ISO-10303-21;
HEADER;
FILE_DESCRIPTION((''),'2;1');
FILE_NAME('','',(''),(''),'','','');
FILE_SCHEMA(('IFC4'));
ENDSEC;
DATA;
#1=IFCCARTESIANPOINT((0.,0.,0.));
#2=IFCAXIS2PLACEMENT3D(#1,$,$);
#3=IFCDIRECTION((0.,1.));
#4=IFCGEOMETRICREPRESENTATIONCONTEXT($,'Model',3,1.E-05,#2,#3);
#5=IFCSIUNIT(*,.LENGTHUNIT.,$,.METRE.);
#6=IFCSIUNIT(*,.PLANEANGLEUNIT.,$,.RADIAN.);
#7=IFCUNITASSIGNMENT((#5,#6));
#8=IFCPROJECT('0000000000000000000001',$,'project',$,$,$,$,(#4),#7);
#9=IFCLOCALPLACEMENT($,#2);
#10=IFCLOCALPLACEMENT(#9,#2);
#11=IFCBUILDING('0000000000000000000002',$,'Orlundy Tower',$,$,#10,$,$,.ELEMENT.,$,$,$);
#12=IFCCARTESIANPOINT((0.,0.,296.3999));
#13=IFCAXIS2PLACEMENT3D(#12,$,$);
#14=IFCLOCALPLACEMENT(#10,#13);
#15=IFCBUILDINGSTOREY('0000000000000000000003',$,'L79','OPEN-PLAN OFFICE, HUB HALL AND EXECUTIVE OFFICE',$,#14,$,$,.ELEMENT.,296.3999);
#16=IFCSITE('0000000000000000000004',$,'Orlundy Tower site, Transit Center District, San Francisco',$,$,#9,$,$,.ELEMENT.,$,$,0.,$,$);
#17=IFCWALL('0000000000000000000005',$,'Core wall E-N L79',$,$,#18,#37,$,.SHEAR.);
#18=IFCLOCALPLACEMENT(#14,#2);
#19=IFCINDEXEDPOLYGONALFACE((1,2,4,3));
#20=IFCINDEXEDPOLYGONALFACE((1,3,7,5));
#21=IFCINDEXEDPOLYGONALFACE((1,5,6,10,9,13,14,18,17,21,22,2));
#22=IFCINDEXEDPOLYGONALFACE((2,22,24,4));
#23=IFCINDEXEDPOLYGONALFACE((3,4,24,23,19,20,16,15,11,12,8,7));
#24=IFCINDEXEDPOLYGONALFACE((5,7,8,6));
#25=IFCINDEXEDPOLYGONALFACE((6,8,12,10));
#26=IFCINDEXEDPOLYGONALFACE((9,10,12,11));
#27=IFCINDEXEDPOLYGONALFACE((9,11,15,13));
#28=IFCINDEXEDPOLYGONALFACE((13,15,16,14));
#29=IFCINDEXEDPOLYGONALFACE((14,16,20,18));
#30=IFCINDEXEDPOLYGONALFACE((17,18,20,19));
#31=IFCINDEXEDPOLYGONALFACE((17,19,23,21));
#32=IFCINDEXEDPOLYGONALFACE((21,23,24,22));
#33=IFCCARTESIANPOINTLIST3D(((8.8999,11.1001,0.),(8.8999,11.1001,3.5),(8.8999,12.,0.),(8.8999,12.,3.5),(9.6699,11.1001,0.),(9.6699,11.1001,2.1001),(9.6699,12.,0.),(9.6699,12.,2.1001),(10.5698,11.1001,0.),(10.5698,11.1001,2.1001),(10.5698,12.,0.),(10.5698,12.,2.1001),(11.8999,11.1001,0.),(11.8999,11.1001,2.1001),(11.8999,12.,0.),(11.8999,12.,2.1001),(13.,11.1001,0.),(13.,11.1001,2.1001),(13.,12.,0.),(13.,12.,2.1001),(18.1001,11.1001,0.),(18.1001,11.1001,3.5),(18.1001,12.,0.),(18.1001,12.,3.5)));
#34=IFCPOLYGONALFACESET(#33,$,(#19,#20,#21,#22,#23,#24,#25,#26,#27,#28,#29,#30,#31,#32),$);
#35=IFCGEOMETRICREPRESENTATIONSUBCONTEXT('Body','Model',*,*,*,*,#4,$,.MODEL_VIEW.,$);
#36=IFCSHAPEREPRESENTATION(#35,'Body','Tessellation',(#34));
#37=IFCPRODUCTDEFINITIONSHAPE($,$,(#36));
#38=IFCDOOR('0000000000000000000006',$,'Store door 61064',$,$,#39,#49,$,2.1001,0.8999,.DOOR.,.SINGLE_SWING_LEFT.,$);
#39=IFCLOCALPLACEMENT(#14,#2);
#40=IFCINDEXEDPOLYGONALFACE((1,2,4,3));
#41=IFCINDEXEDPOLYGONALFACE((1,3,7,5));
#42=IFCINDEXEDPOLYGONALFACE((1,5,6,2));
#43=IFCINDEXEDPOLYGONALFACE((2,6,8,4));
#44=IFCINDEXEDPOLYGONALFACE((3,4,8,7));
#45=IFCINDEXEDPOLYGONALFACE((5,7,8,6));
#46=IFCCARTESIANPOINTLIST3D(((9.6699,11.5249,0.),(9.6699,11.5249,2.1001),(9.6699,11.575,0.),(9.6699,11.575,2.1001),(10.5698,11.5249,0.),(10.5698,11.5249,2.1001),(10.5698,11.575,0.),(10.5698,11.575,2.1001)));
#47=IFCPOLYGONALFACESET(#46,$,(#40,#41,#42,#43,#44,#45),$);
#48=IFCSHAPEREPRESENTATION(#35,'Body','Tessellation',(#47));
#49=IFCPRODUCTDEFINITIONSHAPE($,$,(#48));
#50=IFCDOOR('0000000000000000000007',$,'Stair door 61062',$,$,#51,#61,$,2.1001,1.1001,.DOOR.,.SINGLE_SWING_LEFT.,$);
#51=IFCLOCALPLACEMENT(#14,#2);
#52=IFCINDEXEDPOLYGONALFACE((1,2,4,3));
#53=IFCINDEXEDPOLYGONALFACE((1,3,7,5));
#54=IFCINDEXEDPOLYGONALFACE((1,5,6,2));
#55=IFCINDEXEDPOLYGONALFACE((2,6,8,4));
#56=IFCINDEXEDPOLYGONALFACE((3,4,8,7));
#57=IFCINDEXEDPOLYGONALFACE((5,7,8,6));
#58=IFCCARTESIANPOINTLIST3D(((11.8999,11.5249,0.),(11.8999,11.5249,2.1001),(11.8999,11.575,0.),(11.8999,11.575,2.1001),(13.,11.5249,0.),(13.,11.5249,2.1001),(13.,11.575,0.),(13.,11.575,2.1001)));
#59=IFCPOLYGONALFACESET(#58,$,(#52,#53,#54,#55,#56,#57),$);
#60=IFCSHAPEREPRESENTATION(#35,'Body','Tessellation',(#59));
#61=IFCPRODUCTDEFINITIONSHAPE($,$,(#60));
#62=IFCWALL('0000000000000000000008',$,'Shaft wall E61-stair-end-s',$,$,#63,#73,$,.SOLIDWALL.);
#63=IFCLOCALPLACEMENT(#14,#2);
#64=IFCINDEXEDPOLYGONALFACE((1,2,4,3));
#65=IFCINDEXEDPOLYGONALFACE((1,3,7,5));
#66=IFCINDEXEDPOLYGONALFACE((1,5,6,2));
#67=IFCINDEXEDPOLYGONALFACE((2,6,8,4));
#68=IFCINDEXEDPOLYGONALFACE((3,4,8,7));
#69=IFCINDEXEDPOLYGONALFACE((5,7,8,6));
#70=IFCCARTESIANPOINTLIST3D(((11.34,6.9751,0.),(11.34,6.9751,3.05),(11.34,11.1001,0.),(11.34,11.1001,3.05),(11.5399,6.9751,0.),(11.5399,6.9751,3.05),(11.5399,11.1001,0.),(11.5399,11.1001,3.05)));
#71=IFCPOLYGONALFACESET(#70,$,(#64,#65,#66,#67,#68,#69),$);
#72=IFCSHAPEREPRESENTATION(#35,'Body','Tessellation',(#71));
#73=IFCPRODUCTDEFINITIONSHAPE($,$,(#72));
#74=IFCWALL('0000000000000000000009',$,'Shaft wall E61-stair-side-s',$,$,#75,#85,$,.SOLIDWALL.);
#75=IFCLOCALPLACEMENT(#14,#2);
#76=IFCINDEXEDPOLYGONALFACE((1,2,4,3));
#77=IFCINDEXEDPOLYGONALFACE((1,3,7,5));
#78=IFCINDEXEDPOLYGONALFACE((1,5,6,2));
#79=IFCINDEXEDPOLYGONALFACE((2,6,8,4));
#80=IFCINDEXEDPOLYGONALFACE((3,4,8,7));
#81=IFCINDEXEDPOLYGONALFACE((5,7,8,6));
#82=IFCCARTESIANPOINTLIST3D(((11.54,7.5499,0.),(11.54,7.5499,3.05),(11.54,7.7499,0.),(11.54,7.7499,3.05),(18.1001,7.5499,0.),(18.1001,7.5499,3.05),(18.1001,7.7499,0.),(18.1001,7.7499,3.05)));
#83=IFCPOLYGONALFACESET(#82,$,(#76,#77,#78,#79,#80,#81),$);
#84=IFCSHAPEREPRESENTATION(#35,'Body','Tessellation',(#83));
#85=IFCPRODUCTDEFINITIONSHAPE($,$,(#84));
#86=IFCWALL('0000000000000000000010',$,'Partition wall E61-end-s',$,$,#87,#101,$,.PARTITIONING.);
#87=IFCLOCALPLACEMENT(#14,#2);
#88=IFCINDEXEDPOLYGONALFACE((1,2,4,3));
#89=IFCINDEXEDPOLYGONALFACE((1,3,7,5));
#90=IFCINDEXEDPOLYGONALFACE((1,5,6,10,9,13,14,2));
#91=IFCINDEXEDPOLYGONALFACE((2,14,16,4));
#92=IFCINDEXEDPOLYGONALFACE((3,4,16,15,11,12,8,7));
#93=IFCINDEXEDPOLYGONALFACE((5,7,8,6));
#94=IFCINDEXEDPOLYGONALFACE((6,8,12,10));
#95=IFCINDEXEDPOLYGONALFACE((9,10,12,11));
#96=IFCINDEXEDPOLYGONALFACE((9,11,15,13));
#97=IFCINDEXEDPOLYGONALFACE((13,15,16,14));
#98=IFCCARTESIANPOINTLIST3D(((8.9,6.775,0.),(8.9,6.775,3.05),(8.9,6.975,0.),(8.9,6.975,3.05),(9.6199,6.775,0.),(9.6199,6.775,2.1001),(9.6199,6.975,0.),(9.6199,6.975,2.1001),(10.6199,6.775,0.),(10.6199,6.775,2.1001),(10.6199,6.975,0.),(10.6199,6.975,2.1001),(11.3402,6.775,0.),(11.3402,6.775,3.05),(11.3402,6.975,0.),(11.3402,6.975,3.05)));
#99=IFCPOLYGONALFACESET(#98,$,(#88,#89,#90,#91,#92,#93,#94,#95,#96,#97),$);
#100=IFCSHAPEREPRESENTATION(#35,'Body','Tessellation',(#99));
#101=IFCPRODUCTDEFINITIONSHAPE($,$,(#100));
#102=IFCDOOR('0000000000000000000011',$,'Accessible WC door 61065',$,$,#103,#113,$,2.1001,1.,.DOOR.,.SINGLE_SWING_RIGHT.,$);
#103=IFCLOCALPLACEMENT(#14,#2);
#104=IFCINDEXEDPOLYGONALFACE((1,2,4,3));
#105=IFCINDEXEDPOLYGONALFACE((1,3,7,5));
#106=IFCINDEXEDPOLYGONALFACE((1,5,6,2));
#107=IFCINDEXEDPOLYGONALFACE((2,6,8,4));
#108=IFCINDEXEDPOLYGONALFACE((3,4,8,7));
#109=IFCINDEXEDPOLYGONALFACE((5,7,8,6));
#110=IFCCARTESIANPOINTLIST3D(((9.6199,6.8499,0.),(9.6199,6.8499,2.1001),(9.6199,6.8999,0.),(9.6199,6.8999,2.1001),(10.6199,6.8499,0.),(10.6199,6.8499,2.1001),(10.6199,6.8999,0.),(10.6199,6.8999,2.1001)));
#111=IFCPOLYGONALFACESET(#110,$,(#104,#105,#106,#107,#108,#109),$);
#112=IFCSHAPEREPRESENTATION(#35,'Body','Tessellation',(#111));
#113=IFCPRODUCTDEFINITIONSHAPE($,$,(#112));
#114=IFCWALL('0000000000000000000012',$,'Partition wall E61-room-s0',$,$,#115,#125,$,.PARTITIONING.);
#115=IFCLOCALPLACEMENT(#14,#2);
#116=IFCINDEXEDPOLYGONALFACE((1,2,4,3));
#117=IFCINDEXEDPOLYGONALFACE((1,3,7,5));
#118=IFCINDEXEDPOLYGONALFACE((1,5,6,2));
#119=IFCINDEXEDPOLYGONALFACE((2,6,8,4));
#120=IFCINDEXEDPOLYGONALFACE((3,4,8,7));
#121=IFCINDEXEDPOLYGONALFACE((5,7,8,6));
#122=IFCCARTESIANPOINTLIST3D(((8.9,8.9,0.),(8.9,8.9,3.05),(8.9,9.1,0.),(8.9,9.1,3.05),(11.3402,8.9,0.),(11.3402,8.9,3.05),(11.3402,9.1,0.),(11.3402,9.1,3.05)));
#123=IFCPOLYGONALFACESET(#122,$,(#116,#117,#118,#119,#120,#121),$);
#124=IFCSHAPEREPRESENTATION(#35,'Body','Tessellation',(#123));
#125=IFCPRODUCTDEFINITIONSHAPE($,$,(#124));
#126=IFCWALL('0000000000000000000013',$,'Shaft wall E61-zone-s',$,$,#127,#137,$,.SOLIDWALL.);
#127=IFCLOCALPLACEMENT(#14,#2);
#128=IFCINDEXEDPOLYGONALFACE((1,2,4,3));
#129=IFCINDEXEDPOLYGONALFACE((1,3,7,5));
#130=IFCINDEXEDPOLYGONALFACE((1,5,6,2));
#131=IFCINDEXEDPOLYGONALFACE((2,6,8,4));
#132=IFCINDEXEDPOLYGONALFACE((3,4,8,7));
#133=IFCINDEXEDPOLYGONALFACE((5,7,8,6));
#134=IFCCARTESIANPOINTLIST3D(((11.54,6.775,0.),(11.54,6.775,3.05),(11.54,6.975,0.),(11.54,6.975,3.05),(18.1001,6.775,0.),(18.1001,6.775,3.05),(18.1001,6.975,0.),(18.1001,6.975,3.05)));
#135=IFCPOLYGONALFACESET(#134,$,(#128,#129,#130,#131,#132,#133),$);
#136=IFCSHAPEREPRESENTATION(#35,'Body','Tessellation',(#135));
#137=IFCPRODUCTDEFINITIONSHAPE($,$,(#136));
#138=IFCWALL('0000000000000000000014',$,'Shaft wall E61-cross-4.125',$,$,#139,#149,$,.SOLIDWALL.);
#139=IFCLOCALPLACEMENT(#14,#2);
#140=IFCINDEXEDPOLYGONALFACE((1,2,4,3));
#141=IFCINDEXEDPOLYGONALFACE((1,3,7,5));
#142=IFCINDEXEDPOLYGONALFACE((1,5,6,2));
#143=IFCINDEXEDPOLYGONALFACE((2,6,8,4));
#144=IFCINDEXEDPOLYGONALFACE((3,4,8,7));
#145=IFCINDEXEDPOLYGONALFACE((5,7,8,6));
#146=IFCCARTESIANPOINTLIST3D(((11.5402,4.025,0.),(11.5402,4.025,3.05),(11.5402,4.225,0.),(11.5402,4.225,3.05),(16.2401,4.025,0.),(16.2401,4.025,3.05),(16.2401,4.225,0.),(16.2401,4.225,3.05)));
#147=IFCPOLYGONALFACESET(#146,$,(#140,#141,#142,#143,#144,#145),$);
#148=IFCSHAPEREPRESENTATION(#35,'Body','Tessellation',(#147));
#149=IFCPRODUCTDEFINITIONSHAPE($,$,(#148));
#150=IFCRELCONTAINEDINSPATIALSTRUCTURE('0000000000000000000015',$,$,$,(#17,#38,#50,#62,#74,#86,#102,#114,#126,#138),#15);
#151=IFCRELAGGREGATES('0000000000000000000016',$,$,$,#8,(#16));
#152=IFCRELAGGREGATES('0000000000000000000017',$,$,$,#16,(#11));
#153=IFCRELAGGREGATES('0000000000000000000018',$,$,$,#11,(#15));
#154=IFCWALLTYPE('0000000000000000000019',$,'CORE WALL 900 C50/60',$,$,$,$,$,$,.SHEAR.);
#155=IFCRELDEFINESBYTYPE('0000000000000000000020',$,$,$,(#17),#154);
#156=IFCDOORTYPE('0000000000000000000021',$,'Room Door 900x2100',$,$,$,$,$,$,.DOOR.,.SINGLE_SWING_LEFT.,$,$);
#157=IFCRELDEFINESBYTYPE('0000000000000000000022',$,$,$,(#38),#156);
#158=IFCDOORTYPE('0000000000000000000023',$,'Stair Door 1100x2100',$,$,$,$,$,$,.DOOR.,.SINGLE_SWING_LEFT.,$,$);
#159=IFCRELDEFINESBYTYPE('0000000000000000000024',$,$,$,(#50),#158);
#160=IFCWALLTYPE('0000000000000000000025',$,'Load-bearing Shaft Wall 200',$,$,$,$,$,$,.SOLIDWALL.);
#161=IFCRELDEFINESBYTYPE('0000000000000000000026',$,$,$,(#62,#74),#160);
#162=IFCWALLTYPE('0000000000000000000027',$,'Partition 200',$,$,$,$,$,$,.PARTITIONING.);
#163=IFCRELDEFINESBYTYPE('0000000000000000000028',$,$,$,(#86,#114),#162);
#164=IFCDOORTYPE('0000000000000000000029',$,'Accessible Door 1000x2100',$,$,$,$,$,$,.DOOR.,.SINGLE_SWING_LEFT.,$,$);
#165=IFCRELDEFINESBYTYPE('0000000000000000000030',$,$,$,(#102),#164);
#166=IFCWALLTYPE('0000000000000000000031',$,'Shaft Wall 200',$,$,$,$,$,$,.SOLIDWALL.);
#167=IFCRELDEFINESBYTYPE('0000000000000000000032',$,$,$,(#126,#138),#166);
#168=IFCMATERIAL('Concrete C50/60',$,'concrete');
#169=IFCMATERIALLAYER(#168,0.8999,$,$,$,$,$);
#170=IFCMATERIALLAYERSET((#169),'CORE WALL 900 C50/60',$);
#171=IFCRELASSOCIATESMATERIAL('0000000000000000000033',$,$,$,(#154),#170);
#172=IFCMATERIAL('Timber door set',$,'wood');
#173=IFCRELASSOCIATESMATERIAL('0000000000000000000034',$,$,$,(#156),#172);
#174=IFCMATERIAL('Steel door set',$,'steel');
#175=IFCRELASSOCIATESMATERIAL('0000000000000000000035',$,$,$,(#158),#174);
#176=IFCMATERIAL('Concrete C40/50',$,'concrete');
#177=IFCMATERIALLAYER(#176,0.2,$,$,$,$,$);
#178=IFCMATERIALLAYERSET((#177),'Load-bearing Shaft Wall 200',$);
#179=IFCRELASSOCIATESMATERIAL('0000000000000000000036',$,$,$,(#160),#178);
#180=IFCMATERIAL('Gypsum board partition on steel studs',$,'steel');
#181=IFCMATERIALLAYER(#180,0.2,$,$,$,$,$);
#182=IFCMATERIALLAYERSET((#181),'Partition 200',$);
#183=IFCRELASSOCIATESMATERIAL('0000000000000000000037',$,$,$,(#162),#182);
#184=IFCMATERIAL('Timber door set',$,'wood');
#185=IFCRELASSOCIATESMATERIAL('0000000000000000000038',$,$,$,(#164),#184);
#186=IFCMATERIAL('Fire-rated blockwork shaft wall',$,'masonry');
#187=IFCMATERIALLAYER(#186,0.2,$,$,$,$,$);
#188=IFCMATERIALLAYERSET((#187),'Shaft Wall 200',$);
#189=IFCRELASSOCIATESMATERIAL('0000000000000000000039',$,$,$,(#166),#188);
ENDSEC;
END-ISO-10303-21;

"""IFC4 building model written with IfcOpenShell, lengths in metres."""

from ifc_helpers import new_model, si_unit, direction, frame, frame_2d, origin, place, context, subcontext, project, spatial, rectangle, extrude, material, layer, layer_set, type_object, element, fill, save


model = new_model("IFC4")

# Units and contexts
model_context = context("Model", 3, precision=1e-05, world=origin(), true_north=direction((0.0, 1.0)))
body_context = subcontext(model_context, "Body", "Model", "MODEL_VIEW")
ifc_project = project(units=[si_unit("LENGTHUNIT", "METRE"), si_unit("PLANEANGLEUNIT", "RADIAN")], contexts=[model_context])

# Site, building, storey
site_placement = place(None, origin())
site = spatial("IfcSite", under=ifc_project, at=site_placement, Name="Orlundy Tower site, Transit Center District, San Francisco", CompositionType="ELEMENT", RefElevation=0.0)
building_placement = place(site_placement, origin())
building = spatial("IfcBuilding", under=site, at=building_placement, Name="Orlundy Tower", CompositionType="ELEMENT")
storey_placement = place(building_placement, frame((0.0, 0.0, 296.3999)))
storey = spatial("IfcBuildingStorey", under=building, at=storey_placement, Name="L79", Description="OPEN-PLAN OFFICE, HUB HALL AND EXECUTIVE OFFICE", CompositionType="ELEMENT", Elevation=296.3999)

# Wall, openings, doors
ifc_material_1 = material(Name="Concrete C50/60", Category="concrete")
ifc_layer_1 = layer(ifc_material_1, 0.8999)
ifc_layer_set_1 = layer_set([ifc_layer_1], Name="CORE WALL 900 C50/60")
wall_type_1 = type_object("IfcWallType", Name="CORE WALL 900 C50/60", PredefinedType="SHEAR", material=ifc_layer_set_1)
wall_1_placement = place(storey_placement, frame((8.8999, 11.55, 0.0), z_axis=(0.0, 0.0, 1.0), x_axis=(1.0, 0.0, 0.0)))
wall_1 = element("IfcWall", 1, at=wall_1_placement, inside=storey, type_object=wall_type_1, Name="Core wall E-N L79", PredefinedType="SHEAR", context=body_context, shape_type="SweptSolid", body=[
    extrude(rectangle(XDim=9.2002, YDim=0.8999, at=frame_2d((4.6001, 0.0))), origin(), (0.0, 0.0, 1.0), 3.5),
])
opening_1_placement = place(wall_1_placement, frame((3.0, 0.0, 0.0)))
opening_1 = element("IfcOpeningElement", 2, at=opening_1_placement, cuts=wall_1, PredefinedType="OPENING", context=body_context, shape_type="SweptSolid", body=[
    extrude(rectangle(XDim=1.1001, YDim=2.1001, at=frame_2d((0.55, 1.05))), frame((0.0, 0.46, 0.0), z_axis=(0.0, -1.0, 0.0), x_axis=(1.0, 0.0, 0.0)), (0.0, 0.0, 1.0), 0.9199),
])
opening_2_placement = place(wall_1_placement, frame((0.77, 0.0, 0.0)))
opening_2 = element("IfcOpeningElement", 3, at=opening_2_placement, cuts=wall_1, PredefinedType="OPENING", context=body_context, shape_type="SweptSolid", body=[
    extrude(rectangle(XDim=0.8999, YDim=2.1001, at=frame_2d((0.45, 1.05))), frame((0.0, 0.46, 0.0), z_axis=(0.0, -1.0, 0.0), x_axis=(1.0, 0.0, 0.0)), (0.0, 0.0, 1.0), 0.9199),
])
ifc_material_2 = material(Name="Timber door set", Category="wood")
door_type_1 = type_object("IfcDoorType", Name="Room Door 900x2100", OperationType="SINGLE_SWING_LEFT", PredefinedType="DOOR", material=ifc_material_2)
door_1_placement = place(opening_2_placement, origin())
door_1 = element("IfcDoor", 4, at=door_1_placement, inside=storey, type_object=door_type_1, Name="Store door 61064", OperationType="SINGLE_SWING_LEFT", OverallHeight=2.1001, OverallWidth=0.8999, PredefinedType="DOOR", context=body_context, shape_type="SweptSolid", body=[
    extrude(rectangle(XDim=0.8999, YDim=2.1001, at=frame_2d((0.45, 1.05))), frame((0.0, 0.0249, 0.0), z_axis=(0.0, -1.0, 0.0), x_axis=(1.0, 0.0, 0.0)), (0.0, 0.0, 1.0), 0.05),
])
fill(opening_2, door_1)
ifc_material_3 = material(Name="Steel door set", Category="steel")
door_type_2 = type_object("IfcDoorType", Name="Stair Door 1100x2100", OperationType="SINGLE_SWING_LEFT", PredefinedType="DOOR", material=ifc_material_3)
door_2_placement = place(opening_1_placement, origin())
door_2 = element("IfcDoor", 5, at=door_2_placement, inside=storey, type_object=door_type_2, Name="Stair door 61062", OperationType="SINGLE_SWING_LEFT", OverallHeight=2.1001, OverallWidth=1.1001, PredefinedType="DOOR", context=body_context, shape_type="SweptSolid", body=[
    extrude(rectangle(XDim=1.1001, YDim=2.1001, at=frame_2d((0.55, 1.05))), frame((0.0, 0.0249, 0.0), z_axis=(0.0, -1.0, 0.0), x_axis=(1.0, 0.0, 0.0)), (0.0, 0.0, 1.0), 0.05),
])
fill(opening_1, door_2)

# Walls
ifc_material_4 = material(Name="Concrete C40/50", Category="concrete")
ifc_layer_2 = layer(ifc_material_4, 0.2)
ifc_layer_set_2 = layer_set([ifc_layer_2], Name="Load-bearing Shaft Wall 200")
wall_type_2 = type_object("IfcWallType", Name="Load-bearing Shaft Wall 200", PredefinedType="SOLIDWALL", material=ifc_layer_set_2)
wall_2_placement = place(storey_placement, frame((11.4399, 11.1001, 0.0), z_axis=(0.0, 0.0, 1.0), x_axis=(0.0, -1.0, 0.0)))
element("IfcWall", 6, at=wall_2_placement, inside=storey, type_object=wall_type_2, Name="Shaft wall E61-stair-end-s", PredefinedType="SOLIDWALL", context=body_context, shape_type="SweptSolid", body=[
    extrude(rectangle(XDim=4.125, YDim=0.2, at=frame_2d((2.0625, 0.0))), origin(), (0.0, 0.0, 1.0), 3.05),
])
wall_3_placement = place(storey_placement, frame((11.54, 7.6499, 0.0), z_axis=(0.0, 0.0, 1.0), x_axis=(1.0, 0.0, 0.0)))
element("IfcWall", 7, at=wall_3_placement, inside=storey, type_object=wall_type_2, Name="Shaft wall E61-stair-side-s", PredefinedType="SOLIDWALL", context=body_context, shape_type="SweptSolid", body=[
    extrude(rectangle(XDim=6.5601, YDim=0.2, at=frame_2d((3.28, 0.0))), origin(), (0.0, 0.0, 1.0), 3.05),
])

# Wall, opening, door
ifc_material_5 = material(Name="Gypsum board partition on steel studs", Category="steel")
ifc_layer_3 = layer(ifc_material_5, 0.2)
ifc_layer_set_3 = layer_set([ifc_layer_3], Name="Partition 200")
wall_type_3 = type_object("IfcWallType", Name="Partition 200", PredefinedType="PARTITIONING", material=ifc_layer_set_3)
wall_4_placement = place(storey_placement, frame((8.8999, 6.875, 0.0), z_axis=(0.0, 0.0, 1.0), x_axis=(1.0, 0.0, 0.0)))
wall_4 = element("IfcWall", 8, at=wall_4_placement, inside=storey, type_object=wall_type_3, Name="Partition wall E61-end-s", PredefinedType="PARTITIONING", context=body_context, shape_type="SweptSolid", body=[
    extrude(rectangle(XDim=2.4402, YDim=0.2, at=frame_2d((1.2202, 0.0))), origin(), (0.0, 0.0, 1.0), 3.05),
])
opening_3_placement = place(wall_4_placement, frame((0.72, 0.0, 0.0)))
opening_3 = element("IfcOpeningElement", 9, at=opening_3_placement, cuts=wall_4, PredefinedType="OPENING", context=body_context, shape_type="SweptSolid", body=[
    extrude(rectangle(XDim=1.0, YDim=2.1001, at=frame_2d((0.5, 1.05))), frame((0.0, 0.1101, 0.0), z_axis=(0.0, -1.0, 0.0), x_axis=(1.0, 0.0, 0.0)), (0.0, 0.0, 1.0), 0.2202),
])
ifc_material_6 = material(Name="Timber door set", Category="wood")
door_type_3 = type_object("IfcDoorType", Name="Accessible Door 1000x2100", OperationType="SINGLE_SWING_LEFT", PredefinedType="DOOR", material=ifc_material_6)
door_3_placement = place(opening_3_placement, origin())
door_3 = element("IfcDoor", 10, at=door_3_placement, inside=storey, type_object=door_type_3, Name="Accessible WC door 61065", OperationType="SINGLE_SWING_RIGHT", OverallHeight=2.1001, OverallWidth=1.0, PredefinedType="DOOR", context=body_context, shape_type="SweptSolid", body=[
    extrude(rectangle(XDim=1.0, YDim=2.1001, at=frame_2d((0.5, 1.05))), frame((0.0, 0.0249, 0.0), z_axis=(0.0, -1.0, 0.0), x_axis=(1.0, 0.0, 0.0)), (0.0, 0.0, 1.0), 0.05),
])
fill(opening_3, door_3)

# Walls
wall_5_placement = place(storey_placement, frame((8.8999, 9.0, 0.0), z_axis=(0.0, 0.0, 1.0), x_axis=(1.0, 0.0, 0.0)))
element("IfcWall", 11, at=wall_5_placement, inside=storey, type_object=wall_type_3, Name="Partition wall E61-room-s0", PredefinedType="PARTITIONING", context=body_context, shape_type="SweptSolid", body=[
    extrude(rectangle(XDim=2.4402, YDim=0.2, at=frame_2d((1.2202, 0.0))), origin(), (0.0, 0.0, 1.0), 3.05),
])
ifc_material_7 = material(Name="Fire-rated blockwork shaft wall", Category="masonry")
ifc_layer_4 = layer(ifc_material_7, 0.2)
ifc_layer_set_4 = layer_set([ifc_layer_4], Name="Shaft Wall 200")
wall_type_4 = type_object("IfcWallType", Name="Shaft Wall 200", PredefinedType="SOLIDWALL", material=ifc_layer_set_4)
wall_6_placement = place(storey_placement, frame((11.54, 6.875, 0.0), z_axis=(0.0, 0.0, 1.0), x_axis=(1.0, 0.0, 0.0)))
element("IfcWall", 12, at=wall_6_placement, inside=storey, type_object=wall_type_4, Name="Shaft wall E61-zone-s", PredefinedType="SOLIDWALL", context=body_context, shape_type="SweptSolid", body=[
    extrude(rectangle(XDim=6.5601, YDim=0.2, at=frame_2d((3.28, 0.0))), origin(), (0.0, 0.0, 1.0), 3.05),
])
wall_7_placement = place(storey_placement, frame((11.54, 4.125, 0.0), z_axis=(0.0, 0.0, 1.0), x_axis=(1.0, 0.0, 0.0)))
element("IfcWall", 13, at=wall_7_placement, inside=storey, type_object=wall_type_4, Name="Shaft wall E61-cross-4.125", PredefinedType="SOLIDWALL", context=body_context, shape_type="SweptSolid", body=[
    extrude(rectangle(XDim=4.7, YDim=0.2, at=frame_2d((2.3501, 0.0))), origin(), (0.0, 0.0, 1.0), 3.05),
])

save(model, "model.ifc")
